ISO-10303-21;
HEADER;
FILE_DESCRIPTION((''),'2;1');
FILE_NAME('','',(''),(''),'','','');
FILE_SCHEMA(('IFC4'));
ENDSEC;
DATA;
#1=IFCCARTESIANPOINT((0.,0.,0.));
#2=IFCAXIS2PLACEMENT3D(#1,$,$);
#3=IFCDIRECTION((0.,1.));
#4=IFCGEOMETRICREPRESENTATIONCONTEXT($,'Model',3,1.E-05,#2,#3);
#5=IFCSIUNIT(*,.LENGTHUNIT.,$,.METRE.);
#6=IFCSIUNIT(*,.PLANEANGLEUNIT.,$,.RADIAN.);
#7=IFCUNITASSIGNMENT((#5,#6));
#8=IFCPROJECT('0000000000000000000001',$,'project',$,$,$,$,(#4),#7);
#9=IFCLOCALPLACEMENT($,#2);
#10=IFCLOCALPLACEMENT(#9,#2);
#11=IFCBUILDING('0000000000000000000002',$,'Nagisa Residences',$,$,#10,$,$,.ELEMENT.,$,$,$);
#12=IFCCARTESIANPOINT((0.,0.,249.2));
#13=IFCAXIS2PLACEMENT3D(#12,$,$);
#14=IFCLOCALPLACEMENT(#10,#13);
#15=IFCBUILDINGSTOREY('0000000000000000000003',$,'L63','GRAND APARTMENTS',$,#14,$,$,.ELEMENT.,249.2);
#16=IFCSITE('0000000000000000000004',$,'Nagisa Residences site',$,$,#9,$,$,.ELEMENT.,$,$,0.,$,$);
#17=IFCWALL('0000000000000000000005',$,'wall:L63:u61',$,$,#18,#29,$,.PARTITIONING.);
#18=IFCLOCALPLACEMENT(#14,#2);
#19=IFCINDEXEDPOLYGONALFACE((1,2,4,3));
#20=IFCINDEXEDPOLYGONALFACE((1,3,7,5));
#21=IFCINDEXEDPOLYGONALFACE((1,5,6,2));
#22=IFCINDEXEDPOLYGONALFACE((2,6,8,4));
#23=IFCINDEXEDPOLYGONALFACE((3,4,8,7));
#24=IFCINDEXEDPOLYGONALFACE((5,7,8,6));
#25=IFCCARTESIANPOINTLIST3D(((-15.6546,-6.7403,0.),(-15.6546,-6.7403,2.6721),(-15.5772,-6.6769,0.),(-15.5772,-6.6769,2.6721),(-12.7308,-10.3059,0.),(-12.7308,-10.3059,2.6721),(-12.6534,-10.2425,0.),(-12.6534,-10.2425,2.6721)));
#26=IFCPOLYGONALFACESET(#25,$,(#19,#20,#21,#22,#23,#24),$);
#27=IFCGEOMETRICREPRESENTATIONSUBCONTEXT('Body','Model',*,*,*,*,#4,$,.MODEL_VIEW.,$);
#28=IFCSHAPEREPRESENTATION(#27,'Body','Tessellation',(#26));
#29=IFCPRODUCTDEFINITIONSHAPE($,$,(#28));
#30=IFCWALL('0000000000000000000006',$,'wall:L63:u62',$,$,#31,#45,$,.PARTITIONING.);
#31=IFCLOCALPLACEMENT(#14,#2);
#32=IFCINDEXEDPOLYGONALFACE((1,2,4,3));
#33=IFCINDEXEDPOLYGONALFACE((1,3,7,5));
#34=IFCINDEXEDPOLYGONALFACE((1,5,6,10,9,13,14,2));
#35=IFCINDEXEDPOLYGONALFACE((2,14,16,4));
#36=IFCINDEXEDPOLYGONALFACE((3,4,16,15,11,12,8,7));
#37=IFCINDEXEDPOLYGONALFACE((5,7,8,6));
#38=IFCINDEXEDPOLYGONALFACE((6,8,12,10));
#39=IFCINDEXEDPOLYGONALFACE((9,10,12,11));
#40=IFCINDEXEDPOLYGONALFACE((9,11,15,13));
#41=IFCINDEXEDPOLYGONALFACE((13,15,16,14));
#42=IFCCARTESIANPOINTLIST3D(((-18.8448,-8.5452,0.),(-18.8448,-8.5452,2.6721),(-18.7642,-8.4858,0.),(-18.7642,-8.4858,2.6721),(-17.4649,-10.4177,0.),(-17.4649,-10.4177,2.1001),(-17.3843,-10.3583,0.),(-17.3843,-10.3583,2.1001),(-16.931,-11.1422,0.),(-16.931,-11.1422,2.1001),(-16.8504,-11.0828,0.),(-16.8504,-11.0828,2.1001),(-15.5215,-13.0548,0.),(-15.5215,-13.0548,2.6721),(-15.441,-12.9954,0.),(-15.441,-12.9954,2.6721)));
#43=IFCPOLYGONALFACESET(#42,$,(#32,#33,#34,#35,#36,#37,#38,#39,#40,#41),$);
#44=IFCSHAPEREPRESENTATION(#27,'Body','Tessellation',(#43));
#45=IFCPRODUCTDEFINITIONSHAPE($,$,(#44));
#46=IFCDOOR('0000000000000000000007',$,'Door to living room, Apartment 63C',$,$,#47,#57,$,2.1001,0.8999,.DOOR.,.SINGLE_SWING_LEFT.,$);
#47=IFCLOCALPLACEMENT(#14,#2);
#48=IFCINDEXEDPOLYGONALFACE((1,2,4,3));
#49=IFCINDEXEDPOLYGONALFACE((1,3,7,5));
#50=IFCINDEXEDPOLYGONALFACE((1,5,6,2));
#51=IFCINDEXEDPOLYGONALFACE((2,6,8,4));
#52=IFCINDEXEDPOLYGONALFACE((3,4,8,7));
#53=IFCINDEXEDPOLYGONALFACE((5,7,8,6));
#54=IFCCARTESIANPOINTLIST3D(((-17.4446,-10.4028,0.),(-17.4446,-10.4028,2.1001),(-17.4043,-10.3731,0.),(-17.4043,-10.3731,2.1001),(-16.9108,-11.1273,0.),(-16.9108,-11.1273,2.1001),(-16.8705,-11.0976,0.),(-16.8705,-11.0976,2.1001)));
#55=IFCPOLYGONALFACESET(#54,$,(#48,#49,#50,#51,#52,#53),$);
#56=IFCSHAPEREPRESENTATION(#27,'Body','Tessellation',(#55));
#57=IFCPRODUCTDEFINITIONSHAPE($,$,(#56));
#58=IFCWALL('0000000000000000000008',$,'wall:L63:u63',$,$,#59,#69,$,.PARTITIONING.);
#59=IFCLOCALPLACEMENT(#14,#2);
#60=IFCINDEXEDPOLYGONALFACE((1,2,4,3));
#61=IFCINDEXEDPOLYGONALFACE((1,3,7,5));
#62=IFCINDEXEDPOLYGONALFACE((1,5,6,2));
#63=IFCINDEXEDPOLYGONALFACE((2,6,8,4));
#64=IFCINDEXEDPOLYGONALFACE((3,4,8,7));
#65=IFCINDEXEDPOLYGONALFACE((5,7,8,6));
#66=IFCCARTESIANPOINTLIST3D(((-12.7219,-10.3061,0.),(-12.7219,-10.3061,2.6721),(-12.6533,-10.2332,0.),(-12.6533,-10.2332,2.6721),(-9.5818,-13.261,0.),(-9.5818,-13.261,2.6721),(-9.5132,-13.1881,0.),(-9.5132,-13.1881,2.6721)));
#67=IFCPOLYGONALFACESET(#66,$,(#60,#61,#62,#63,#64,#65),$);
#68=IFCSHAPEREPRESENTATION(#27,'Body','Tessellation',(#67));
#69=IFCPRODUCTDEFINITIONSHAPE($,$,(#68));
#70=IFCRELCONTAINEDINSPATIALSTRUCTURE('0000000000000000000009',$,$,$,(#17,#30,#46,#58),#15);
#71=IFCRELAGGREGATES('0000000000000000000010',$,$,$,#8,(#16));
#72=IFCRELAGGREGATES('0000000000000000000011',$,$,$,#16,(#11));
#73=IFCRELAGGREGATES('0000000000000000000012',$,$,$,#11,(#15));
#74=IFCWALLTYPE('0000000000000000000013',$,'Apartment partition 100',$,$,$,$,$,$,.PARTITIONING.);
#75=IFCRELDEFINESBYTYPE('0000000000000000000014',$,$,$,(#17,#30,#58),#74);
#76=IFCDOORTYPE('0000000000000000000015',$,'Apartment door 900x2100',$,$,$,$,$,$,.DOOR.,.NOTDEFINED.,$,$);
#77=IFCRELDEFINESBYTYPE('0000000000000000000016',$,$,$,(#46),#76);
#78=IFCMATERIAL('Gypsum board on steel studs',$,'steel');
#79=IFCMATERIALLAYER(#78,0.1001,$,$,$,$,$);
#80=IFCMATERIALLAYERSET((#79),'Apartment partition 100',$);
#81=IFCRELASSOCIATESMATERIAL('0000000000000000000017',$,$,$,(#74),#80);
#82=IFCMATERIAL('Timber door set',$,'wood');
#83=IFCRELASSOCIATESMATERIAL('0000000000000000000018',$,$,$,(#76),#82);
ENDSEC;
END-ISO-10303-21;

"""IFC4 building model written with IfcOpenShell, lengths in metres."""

from ifc_helpers import new_model, si_unit, direction, frame, frame_2d, origin, place, context, subcontext, project, spatial, rectangle, extrude, material, layer, layer_set, type_object, element, fill, save


model = new_model("IFC4")

# Units and contexts
model_context = context("Model", 3, precision=1e-05, world=origin(), true_north=direction((0.0, 1.0)))
body_context = subcontext(model_context, "Body", "Model", "MODEL_VIEW")
ifc_project = project(units=[si_unit("LENGTHUNIT", "METRE"), si_unit("PLANEANGLEUNIT", "RADIAN")], contexts=[model_context])

# Site, building, storey
site_placement = place(None, origin())
site = spatial("IfcSite", under=ifc_project, at=site_placement, Name="Nagisa Residences site", CompositionType="ELEMENT", RefElevation=0.0)
building_placement = place(site_placement, origin())
building = spatial("IfcBuilding", under=site, at=building_placement, Name="Nagisa Residences", CompositionType="ELEMENT")
storey_placement = place(building_placement, frame((0.0, 0.0, 249.2)))
storey = spatial("IfcBuildingStorey", under=building, at=storey_placement, Name="L63", Description="GRAND APARTMENTS", CompositionType="ELEMENT", Elevation=249.2)

# Shared definitions
ifc_material_1 = material(Name="Gypsum board on steel studs", Category="steel")
ifc_layer_1 = layer(ifc_material_1, 0.1001)
ifc_layer_set_1 = layer_set([ifc_layer_1], Name="Apartment partition 100")
wall_type_1 = type_object("IfcWallType", Name="Apartment partition 100", PredefinedType="PARTITIONING", material=ifc_layer_set_1)
ifc_material_2 = material(Name="Timber door set", Category="wood")
door_type_1 = type_object("IfcDoorType", Name="Apartment door 900x2100", OperationType="NOTDEFINED", PredefinedType="DOOR", material=ifc_material_2)

# Wall
wall_1_placement = place(storey_placement, frame((-15.616, -6.7085, 0.0), z_axis=(0.0, 0.0, 1.0), x_axis=(0.634076, -0.77327, 0.0)))
element("IfcWall", 1, at=wall_1_placement, inside=storey, type_object=wall_type_1, Name="wall:L63:u61", PredefinedType="PARTITIONING", context=body_context, shape_type="SweptSolid", body=[
    extrude(rectangle(XDim=4.6111, YDim=0.1001, at=frame_2d((2.3057, 0.0))), origin(), (0.0, 0.0, 1.0), 2.6721),
])

# Wall, opening, door
wall_2_placement = place(storey_placement, frame((-18.8044, -8.5156, 0.0), z_axis=(0.0, 0.0, 1.0), x_axis=(0.59325, -0.805019, 0.0)))
wall_2 = element("IfcWall", 2, at=wall_2_placement, inside=storey, type_object=wall_type_1, Name="wall:L63:u62", PredefinedType="PARTITIONING", context=body_context, shape_type="SweptSolid", body=[
    extrude(rectangle(XDim=5.6018, YDim=0.1001, at=frame_2d((2.8008, 0.0))), origin(), (0.0, 0.0, 1.0), 2.6721),
])
opening_1_placement = place(wall_2_placement, frame((2.3259, 0.0, 0.0)))
opening_1 = element("IfcOpeningElement", 3, at=opening_1_placement, cuts=wall_2, PredefinedType="OPENING", context=body_context, shape_type="SweptSolid", body=[
    extrude(rectangle(XDim=0.8999, YDim=2.1001, at=frame_2d((0.45, 1.05))), frame((0.0, 0.0601, 0.0), z_axis=(0.0, -1.0, 0.0), x_axis=(1.0, 0.0, 0.0)), (0.0, 0.0, 1.0), 0.1201),
])
door_1_placement = place(opening_1_placement, frame((0.8999, 0.0, 0.0), x_axis=(-1.0, 0.0, 0.0)))
door_1 = element("IfcDoor", 4, at=door_1_placement, inside=storey, type_object=door_type_1, Name="Door to living room, Apartment 63C", OperationType="SINGLE_SWING_LEFT", OverallHeight=2.1001, OverallWidth=0.8999, PredefinedType="DOOR", context=body_context, shape_type="SweptSolid", body=[
    extrude(rectangle(XDim=0.8999, YDim=2.1001, at=frame_2d((0.45, 1.05))), frame((0.0, 0.0249, 0.0), z_axis=(0.0, -1.0, 0.0), x_axis=(1.0, 0.0, 0.0)), (0.0, 0.0, 1.0), 0.05),
])
fill(opening_1, door_1)

# Wall
wall_3_placement = place(storey_placement, frame((-12.6875, -10.2698, 0.0), z_axis=(0.0, 0.0, 1.0), x_axis=(0.728268, -0.685292, 0.0)))
element("IfcWall", 5, at=wall_3_placement, inside=storey, type_object=wall_type_1, Name="wall:L63:u63", PredefinedType="PARTITIONING", context=body_context, shape_type="SweptSolid", body=[
    extrude(rectangle(XDim=4.3118, YDim=0.1001, at=frame_2d((2.1558, 0.0))), origin(), (0.0, 0.0, 1.0), 2.6721),
])

save(model, "model.ifc")
